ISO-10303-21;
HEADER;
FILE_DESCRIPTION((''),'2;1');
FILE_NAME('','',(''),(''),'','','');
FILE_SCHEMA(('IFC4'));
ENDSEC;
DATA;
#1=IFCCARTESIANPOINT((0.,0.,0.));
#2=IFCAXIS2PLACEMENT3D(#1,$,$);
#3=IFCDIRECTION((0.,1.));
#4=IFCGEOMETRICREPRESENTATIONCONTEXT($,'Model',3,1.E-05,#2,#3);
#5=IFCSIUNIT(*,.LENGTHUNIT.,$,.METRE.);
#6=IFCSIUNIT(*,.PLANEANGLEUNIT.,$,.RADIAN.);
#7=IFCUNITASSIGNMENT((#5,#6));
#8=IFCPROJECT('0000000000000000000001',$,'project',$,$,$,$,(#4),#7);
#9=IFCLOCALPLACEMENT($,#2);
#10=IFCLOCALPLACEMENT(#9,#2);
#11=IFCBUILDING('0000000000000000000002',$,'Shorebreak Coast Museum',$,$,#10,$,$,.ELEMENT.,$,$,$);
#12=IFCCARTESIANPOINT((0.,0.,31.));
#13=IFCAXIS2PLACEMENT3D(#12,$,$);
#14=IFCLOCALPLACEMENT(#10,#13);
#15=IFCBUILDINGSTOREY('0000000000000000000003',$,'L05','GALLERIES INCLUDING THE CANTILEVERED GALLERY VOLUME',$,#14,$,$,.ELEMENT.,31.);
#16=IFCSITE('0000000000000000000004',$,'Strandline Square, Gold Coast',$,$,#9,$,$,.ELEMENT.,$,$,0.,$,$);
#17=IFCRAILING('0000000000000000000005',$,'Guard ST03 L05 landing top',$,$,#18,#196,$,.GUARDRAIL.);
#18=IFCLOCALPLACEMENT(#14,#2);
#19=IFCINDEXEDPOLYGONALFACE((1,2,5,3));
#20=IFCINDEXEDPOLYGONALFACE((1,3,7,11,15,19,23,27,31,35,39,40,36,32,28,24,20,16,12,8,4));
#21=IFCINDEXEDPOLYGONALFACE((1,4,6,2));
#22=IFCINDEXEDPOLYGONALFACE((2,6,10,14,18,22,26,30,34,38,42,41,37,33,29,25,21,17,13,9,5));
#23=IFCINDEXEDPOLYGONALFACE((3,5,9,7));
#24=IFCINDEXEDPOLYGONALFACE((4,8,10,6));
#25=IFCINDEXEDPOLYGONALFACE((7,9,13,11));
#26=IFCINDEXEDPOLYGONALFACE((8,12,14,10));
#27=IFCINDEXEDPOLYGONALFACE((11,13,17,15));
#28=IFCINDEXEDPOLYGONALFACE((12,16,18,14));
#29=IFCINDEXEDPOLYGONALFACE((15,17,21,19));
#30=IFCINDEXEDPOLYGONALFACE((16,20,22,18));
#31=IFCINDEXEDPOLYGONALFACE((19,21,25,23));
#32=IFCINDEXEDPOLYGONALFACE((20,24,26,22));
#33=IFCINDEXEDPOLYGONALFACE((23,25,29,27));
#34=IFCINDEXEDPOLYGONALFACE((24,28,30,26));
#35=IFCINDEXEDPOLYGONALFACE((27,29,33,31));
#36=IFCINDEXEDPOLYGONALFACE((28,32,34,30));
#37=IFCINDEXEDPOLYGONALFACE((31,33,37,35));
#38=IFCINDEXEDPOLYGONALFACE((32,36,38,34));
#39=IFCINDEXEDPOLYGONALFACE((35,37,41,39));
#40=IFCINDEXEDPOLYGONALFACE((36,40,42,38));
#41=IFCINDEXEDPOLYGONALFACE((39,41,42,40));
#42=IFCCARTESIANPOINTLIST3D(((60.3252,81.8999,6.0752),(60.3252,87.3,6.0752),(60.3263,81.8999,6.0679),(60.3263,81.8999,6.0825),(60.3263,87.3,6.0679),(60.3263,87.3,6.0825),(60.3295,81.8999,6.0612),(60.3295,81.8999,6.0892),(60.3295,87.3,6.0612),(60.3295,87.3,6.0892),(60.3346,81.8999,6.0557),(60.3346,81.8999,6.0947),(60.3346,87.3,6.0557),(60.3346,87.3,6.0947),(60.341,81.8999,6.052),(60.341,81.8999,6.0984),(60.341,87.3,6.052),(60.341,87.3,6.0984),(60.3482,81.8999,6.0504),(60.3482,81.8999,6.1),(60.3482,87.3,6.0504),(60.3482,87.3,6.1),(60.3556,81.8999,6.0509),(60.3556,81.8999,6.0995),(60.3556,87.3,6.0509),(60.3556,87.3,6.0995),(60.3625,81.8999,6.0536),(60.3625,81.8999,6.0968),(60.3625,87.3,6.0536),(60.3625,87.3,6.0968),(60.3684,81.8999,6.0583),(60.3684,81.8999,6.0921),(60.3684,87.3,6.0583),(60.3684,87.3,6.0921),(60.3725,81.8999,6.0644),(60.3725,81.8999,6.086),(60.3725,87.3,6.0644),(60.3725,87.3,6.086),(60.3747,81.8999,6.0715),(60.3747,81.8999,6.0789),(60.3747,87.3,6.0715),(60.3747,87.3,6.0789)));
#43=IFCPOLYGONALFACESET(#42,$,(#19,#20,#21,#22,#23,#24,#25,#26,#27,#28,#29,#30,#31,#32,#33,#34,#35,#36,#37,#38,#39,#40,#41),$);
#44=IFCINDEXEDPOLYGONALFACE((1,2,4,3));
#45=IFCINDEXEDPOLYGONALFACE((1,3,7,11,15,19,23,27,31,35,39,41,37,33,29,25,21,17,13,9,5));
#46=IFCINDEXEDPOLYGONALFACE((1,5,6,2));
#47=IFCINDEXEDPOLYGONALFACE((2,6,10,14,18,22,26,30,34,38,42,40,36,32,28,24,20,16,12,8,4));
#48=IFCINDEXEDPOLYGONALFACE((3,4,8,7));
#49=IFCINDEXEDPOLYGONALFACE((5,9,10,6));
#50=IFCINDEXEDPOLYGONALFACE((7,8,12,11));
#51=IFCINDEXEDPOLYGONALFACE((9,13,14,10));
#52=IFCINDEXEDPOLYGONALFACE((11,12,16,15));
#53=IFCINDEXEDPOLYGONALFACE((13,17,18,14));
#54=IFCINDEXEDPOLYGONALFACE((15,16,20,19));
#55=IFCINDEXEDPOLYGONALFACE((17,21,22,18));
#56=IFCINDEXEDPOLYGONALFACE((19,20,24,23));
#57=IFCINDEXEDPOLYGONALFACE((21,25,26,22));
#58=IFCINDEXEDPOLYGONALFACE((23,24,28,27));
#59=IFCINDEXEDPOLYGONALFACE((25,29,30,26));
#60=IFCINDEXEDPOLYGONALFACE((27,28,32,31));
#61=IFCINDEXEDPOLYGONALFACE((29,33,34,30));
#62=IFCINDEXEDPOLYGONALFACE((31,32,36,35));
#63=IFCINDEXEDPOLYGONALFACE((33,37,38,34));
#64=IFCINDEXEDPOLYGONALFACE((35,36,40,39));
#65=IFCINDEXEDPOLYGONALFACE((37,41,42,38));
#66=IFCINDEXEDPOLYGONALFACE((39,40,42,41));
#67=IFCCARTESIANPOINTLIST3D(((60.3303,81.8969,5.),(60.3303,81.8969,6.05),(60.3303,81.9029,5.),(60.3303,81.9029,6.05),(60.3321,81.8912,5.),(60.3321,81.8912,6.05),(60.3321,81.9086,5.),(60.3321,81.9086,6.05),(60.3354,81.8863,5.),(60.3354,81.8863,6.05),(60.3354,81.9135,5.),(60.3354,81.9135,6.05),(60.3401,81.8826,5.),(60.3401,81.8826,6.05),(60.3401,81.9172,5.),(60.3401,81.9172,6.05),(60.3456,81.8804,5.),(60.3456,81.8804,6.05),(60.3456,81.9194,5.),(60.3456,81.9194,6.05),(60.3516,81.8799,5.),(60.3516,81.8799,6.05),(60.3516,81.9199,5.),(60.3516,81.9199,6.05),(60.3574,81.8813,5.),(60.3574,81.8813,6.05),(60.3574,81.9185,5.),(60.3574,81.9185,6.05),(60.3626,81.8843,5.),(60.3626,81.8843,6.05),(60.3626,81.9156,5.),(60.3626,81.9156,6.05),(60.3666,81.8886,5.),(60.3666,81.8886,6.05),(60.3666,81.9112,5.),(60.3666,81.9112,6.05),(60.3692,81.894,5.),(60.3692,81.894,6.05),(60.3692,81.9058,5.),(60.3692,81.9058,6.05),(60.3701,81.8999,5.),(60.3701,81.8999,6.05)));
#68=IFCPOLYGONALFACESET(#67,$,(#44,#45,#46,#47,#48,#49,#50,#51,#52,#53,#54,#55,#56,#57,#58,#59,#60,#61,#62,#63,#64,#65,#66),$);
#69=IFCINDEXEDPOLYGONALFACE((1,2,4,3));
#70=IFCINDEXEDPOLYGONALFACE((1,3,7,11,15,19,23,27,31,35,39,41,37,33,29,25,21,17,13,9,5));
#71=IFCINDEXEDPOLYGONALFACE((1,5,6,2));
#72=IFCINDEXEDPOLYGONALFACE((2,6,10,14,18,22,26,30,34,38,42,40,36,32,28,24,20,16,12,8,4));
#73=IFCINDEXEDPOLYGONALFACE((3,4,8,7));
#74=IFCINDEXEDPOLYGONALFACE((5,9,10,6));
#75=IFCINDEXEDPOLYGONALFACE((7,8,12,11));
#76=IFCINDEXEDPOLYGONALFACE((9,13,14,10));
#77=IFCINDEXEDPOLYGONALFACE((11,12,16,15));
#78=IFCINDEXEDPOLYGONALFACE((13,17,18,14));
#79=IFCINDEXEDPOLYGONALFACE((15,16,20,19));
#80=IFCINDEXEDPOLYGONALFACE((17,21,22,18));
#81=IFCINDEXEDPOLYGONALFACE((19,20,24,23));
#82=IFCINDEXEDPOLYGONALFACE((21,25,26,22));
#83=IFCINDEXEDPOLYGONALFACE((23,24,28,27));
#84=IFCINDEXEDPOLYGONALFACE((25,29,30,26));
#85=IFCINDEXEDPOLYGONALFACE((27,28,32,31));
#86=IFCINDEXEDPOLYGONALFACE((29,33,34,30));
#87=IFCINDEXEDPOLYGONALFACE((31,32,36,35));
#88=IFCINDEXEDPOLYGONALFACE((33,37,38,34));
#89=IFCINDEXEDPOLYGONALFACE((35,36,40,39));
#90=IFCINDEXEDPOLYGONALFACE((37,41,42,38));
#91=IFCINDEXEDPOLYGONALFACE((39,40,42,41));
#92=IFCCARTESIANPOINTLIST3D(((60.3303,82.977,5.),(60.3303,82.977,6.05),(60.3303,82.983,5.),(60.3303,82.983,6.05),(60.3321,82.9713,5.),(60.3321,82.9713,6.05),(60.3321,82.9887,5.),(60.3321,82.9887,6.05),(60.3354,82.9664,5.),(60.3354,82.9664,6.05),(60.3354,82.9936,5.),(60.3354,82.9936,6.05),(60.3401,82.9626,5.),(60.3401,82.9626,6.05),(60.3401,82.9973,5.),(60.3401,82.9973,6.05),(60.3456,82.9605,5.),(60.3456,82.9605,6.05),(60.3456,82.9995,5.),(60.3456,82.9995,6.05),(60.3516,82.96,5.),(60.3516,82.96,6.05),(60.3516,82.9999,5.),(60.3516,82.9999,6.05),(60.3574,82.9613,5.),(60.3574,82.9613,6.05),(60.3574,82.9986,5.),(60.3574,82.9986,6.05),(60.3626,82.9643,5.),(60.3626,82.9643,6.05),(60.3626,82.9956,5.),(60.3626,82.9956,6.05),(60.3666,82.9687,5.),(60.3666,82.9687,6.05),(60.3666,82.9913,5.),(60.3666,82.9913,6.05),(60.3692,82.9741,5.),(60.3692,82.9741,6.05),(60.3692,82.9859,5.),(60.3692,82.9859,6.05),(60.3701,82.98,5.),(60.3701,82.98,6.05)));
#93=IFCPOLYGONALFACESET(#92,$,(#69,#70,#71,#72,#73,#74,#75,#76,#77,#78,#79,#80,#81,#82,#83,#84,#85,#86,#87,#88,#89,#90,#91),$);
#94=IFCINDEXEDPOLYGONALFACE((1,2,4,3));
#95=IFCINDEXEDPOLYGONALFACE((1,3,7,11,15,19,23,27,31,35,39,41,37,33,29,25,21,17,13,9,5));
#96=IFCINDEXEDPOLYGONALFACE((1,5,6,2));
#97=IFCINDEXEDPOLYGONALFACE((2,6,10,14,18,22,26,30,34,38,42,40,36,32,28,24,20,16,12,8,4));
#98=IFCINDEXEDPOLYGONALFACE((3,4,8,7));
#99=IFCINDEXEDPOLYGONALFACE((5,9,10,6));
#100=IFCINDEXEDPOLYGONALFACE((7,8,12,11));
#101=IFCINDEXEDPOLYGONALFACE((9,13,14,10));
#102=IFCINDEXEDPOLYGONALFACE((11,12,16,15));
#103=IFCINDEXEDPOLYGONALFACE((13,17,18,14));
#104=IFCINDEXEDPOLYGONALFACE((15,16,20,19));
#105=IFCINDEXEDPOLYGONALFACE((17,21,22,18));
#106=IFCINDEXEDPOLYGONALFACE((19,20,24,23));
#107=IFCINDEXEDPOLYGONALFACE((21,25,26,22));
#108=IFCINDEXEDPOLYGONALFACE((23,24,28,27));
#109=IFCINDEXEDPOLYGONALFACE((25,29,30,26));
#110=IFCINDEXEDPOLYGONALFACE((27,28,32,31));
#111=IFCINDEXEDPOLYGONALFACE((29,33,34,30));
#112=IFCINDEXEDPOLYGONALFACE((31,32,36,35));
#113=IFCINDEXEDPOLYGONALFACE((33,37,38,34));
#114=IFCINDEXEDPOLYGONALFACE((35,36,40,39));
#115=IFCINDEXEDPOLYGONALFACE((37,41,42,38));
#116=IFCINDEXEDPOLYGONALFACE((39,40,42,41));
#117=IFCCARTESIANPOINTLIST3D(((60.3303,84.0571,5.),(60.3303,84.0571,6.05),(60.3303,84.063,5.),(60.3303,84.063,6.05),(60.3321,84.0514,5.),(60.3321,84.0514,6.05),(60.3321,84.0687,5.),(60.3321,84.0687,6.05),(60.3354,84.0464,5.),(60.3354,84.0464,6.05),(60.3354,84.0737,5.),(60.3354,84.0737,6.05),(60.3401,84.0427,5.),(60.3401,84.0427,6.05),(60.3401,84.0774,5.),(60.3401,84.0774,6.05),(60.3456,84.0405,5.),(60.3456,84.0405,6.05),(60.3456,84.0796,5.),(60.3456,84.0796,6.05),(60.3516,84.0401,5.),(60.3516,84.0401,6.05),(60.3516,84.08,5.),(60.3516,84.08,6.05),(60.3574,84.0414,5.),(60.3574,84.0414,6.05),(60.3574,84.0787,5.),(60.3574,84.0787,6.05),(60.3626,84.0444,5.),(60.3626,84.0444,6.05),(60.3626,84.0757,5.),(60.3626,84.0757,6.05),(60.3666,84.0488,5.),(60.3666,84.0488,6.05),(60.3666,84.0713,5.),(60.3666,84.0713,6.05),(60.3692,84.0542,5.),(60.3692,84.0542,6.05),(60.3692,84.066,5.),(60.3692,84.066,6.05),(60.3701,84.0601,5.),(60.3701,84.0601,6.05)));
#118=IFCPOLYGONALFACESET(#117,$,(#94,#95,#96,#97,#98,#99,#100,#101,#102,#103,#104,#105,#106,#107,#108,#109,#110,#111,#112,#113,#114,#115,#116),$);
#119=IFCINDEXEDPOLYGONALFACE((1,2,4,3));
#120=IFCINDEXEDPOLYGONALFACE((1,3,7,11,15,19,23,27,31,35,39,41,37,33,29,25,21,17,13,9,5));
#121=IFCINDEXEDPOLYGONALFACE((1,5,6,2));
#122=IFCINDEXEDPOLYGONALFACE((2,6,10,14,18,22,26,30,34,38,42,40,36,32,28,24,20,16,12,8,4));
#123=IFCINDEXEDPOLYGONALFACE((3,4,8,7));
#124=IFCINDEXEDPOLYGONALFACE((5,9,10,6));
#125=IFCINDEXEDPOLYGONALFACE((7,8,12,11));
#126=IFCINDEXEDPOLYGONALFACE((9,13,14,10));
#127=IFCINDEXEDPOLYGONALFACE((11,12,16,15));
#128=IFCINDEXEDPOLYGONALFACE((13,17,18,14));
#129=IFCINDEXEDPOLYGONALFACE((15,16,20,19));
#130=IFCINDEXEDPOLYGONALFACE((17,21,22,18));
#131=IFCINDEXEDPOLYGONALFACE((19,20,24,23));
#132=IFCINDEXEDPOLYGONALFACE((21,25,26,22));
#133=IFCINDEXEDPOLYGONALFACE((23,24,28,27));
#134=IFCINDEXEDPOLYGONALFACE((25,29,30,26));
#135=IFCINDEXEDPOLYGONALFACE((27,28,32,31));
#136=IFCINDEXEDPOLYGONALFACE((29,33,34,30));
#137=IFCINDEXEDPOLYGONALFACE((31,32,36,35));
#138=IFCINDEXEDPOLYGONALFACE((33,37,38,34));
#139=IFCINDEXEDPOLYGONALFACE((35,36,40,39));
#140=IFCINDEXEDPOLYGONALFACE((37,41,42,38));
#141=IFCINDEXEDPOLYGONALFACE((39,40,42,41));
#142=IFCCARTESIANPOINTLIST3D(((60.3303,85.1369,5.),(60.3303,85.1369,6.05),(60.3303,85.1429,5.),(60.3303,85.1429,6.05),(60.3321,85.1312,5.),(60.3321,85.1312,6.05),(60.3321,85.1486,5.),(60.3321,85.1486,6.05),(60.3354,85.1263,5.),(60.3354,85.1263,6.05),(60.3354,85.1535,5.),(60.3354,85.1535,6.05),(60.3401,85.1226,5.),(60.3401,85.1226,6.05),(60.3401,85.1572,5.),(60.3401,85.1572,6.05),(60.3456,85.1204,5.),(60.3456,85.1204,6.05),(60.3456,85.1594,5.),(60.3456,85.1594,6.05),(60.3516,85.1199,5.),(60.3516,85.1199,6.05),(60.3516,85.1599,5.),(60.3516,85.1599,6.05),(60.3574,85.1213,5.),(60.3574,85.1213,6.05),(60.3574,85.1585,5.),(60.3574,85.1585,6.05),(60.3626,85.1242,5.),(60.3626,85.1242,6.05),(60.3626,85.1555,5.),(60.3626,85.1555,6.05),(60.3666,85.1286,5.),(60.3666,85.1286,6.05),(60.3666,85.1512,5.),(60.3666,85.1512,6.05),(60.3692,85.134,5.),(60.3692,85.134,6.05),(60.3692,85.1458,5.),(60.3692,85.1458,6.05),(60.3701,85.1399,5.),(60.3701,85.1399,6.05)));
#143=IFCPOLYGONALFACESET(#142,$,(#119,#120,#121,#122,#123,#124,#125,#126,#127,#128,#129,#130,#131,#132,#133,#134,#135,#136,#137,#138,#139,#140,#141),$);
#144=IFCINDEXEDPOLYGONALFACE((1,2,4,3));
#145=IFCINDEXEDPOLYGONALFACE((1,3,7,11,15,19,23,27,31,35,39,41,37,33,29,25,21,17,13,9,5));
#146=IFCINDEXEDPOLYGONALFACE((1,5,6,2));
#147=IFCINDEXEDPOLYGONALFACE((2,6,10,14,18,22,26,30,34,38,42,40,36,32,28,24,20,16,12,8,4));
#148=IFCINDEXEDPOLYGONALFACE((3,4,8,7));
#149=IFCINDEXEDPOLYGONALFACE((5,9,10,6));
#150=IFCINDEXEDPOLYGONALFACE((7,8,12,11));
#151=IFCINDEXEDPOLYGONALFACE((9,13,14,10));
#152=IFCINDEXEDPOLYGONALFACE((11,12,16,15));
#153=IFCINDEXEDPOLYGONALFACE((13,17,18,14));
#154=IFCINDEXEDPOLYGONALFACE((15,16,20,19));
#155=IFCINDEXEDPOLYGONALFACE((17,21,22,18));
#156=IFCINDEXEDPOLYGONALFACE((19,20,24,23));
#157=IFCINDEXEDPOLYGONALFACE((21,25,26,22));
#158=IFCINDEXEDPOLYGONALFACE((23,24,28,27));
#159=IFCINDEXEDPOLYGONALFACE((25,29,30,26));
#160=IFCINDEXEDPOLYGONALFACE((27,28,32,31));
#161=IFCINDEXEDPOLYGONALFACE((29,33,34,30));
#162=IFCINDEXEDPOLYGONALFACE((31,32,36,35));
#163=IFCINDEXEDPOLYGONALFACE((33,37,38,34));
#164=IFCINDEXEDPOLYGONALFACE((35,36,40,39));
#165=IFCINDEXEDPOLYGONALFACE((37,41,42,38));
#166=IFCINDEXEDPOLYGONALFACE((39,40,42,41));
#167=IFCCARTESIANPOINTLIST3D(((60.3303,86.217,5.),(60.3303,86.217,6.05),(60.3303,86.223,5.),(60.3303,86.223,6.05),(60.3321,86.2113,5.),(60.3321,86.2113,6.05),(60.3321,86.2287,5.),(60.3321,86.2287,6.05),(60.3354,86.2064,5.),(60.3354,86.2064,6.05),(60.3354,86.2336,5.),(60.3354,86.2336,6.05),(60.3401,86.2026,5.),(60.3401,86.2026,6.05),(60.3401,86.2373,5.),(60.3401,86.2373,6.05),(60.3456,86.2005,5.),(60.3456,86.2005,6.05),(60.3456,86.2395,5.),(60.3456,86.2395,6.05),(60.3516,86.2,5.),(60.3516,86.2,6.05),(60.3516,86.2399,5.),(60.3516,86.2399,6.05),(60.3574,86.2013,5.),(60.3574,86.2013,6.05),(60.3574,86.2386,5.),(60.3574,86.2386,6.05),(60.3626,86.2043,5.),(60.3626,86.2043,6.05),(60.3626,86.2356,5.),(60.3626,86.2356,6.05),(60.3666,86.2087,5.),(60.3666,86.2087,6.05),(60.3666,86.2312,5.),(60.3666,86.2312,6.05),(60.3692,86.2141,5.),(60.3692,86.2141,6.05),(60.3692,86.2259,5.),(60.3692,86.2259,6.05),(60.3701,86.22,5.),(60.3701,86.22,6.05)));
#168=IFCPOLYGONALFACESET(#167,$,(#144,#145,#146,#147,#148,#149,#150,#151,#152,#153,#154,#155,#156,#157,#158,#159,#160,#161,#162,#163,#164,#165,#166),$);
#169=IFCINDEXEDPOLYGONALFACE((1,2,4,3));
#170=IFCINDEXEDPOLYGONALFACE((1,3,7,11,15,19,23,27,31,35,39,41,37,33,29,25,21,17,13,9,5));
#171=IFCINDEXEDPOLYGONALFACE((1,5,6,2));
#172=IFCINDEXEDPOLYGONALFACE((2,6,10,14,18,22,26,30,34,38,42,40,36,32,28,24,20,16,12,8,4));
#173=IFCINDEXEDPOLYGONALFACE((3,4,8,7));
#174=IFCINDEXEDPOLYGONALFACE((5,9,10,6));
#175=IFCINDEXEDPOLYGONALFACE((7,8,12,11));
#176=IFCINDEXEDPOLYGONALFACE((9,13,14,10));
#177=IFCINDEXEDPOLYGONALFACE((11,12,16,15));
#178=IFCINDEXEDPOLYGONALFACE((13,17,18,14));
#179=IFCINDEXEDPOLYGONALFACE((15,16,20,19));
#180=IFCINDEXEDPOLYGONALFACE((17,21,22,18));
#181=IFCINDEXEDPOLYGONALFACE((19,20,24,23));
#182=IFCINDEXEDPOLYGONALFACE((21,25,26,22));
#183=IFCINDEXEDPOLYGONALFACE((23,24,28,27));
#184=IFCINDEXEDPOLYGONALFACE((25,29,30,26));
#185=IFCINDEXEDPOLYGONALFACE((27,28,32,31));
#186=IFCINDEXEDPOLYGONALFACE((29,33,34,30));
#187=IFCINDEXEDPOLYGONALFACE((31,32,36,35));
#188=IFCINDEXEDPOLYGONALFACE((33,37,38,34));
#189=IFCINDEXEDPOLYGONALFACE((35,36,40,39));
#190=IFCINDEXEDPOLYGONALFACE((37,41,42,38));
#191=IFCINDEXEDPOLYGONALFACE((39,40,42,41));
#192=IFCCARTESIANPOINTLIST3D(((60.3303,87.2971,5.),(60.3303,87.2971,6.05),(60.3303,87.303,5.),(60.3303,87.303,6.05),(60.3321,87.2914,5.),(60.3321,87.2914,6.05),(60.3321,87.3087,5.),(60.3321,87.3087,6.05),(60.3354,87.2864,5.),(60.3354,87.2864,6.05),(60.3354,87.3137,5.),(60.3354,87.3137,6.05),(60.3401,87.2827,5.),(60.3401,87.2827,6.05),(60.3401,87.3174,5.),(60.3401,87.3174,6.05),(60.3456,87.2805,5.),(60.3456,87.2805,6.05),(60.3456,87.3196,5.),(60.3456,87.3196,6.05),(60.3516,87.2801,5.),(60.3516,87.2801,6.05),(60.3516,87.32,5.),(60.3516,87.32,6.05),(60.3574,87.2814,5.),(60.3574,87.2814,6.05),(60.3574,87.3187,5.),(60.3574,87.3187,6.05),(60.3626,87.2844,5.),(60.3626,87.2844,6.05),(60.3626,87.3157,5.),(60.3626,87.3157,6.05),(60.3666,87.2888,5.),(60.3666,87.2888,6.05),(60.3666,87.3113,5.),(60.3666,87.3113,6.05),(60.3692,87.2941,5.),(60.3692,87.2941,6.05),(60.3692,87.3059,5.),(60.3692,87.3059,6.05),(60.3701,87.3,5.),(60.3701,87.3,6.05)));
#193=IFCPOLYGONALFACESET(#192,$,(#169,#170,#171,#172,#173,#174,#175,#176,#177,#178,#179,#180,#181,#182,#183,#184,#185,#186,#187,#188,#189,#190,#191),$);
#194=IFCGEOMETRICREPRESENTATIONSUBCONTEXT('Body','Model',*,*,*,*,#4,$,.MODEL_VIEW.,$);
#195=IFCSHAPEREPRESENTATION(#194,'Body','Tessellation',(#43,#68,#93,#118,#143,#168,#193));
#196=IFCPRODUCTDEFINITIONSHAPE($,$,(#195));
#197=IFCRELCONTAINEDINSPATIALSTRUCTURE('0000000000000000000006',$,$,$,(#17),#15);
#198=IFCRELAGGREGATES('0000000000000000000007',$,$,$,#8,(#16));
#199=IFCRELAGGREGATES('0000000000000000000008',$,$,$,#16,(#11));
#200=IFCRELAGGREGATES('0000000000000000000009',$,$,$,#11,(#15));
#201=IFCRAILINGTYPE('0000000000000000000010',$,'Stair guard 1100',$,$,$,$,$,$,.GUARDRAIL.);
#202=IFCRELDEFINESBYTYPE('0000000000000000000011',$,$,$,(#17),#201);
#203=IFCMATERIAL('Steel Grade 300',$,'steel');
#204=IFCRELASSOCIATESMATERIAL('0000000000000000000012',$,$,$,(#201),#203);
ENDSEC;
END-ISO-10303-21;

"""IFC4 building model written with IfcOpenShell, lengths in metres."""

from ifc_helpers import new_model, si_unit, direction, frame, origin, origin_2d, place, context, subcontext, project, spatial, circle, extrude, material, type_object, element, save


model = new_model("IFC4")

# Units and contexts
model_context = context("Model", 3, precision=1e-05, world=origin(), true_north=direction((0.0, 1.0)))
body_context = subcontext(model_context, "Body", "Model", "MODEL_VIEW")
ifc_project = project(units=[si_unit("LENGTHUNIT", "METRE"), si_unit("PLANEANGLEUNIT", "RADIAN")], contexts=[model_context])

# Site, building, storey
site_placement = place(None, origin())
site = spatial("IfcSite", under=ifc_project, at=site_placement, Name="Strandline Square, Gold Coast", CompositionType="ELEMENT", RefElevation=0.0)
building_placement = place(site_placement, origin())
building = spatial("IfcBuilding", under=site, at=building_placement, Name="Shorebreak Coast Museum", CompositionType="ELEMENT")
storey_placement = place(building_placement, frame((0.0, 0.0, 31.0)))
storey = spatial("IfcBuildingStorey", under=building, at=storey_placement, Name="L05", Description="GALLERIES INCLUDING THE CANTILEVERED GALLERY VOLUME", CompositionType="ELEMENT", Elevation=31.0)

# Railing
ifc_material_1 = material(Name="Steel Grade 300", Category="steel")
railing_type_1 = type_object("IfcRailingType", Name="Stair guard 1100", PredefinedType="GUARDRAIL", material=ifc_material_1)
railing_1_placement = place(storey_placement, frame((60.3501, 81.8999, 5.0)))
element("IfcRailing", 1, at=railing_1_placement, inside=storey, type_object=railing_type_1, Name="Guard ST03 L05 landing top", PredefinedType="GUARDRAIL", context=body_context, shape_type="SweptSolid", body=[
    extrude(circle(Radius=0.0249, at=origin_2d()), frame((0.0, 0.0, 1.0752), z_axis=(0.0, 1.0, 0.0), x_axis=(-1.0, 0.0, 0.0)), (0.0, 0.0, 1.0), 5.4001),
    extrude(circle(Radius=0.02, at=origin_2d()), origin(), (0.0, 0.0, 1.0), 1.05),
    extrude(circle(Radius=0.02, at=origin_2d()), frame((0.0, 1.0801, 0.0)), (0.0, 0.0, 1.0), 1.05),
    extrude(circle(Radius=0.02, at=origin_2d()), frame((0.0, 2.1602, 0.0)), (0.0, 0.0, 1.0), 1.05),
    extrude(circle(Radius=0.02, at=origin_2d()), frame((0.0, 3.24, 0.0)), (0.0, 0.0, 1.0), 1.05),
    extrude(circle(Radius=0.02, at=origin_2d()), frame((0.0, 4.3201, 0.0)), (0.0, 0.0, 1.0), 1.05),
    extrude(circle(Radius=0.02, at=origin_2d()), frame((0.0, 5.4001, 0.0)), (0.0, 0.0, 1.0), 1.05),
])

save(model, "model.ifc")
